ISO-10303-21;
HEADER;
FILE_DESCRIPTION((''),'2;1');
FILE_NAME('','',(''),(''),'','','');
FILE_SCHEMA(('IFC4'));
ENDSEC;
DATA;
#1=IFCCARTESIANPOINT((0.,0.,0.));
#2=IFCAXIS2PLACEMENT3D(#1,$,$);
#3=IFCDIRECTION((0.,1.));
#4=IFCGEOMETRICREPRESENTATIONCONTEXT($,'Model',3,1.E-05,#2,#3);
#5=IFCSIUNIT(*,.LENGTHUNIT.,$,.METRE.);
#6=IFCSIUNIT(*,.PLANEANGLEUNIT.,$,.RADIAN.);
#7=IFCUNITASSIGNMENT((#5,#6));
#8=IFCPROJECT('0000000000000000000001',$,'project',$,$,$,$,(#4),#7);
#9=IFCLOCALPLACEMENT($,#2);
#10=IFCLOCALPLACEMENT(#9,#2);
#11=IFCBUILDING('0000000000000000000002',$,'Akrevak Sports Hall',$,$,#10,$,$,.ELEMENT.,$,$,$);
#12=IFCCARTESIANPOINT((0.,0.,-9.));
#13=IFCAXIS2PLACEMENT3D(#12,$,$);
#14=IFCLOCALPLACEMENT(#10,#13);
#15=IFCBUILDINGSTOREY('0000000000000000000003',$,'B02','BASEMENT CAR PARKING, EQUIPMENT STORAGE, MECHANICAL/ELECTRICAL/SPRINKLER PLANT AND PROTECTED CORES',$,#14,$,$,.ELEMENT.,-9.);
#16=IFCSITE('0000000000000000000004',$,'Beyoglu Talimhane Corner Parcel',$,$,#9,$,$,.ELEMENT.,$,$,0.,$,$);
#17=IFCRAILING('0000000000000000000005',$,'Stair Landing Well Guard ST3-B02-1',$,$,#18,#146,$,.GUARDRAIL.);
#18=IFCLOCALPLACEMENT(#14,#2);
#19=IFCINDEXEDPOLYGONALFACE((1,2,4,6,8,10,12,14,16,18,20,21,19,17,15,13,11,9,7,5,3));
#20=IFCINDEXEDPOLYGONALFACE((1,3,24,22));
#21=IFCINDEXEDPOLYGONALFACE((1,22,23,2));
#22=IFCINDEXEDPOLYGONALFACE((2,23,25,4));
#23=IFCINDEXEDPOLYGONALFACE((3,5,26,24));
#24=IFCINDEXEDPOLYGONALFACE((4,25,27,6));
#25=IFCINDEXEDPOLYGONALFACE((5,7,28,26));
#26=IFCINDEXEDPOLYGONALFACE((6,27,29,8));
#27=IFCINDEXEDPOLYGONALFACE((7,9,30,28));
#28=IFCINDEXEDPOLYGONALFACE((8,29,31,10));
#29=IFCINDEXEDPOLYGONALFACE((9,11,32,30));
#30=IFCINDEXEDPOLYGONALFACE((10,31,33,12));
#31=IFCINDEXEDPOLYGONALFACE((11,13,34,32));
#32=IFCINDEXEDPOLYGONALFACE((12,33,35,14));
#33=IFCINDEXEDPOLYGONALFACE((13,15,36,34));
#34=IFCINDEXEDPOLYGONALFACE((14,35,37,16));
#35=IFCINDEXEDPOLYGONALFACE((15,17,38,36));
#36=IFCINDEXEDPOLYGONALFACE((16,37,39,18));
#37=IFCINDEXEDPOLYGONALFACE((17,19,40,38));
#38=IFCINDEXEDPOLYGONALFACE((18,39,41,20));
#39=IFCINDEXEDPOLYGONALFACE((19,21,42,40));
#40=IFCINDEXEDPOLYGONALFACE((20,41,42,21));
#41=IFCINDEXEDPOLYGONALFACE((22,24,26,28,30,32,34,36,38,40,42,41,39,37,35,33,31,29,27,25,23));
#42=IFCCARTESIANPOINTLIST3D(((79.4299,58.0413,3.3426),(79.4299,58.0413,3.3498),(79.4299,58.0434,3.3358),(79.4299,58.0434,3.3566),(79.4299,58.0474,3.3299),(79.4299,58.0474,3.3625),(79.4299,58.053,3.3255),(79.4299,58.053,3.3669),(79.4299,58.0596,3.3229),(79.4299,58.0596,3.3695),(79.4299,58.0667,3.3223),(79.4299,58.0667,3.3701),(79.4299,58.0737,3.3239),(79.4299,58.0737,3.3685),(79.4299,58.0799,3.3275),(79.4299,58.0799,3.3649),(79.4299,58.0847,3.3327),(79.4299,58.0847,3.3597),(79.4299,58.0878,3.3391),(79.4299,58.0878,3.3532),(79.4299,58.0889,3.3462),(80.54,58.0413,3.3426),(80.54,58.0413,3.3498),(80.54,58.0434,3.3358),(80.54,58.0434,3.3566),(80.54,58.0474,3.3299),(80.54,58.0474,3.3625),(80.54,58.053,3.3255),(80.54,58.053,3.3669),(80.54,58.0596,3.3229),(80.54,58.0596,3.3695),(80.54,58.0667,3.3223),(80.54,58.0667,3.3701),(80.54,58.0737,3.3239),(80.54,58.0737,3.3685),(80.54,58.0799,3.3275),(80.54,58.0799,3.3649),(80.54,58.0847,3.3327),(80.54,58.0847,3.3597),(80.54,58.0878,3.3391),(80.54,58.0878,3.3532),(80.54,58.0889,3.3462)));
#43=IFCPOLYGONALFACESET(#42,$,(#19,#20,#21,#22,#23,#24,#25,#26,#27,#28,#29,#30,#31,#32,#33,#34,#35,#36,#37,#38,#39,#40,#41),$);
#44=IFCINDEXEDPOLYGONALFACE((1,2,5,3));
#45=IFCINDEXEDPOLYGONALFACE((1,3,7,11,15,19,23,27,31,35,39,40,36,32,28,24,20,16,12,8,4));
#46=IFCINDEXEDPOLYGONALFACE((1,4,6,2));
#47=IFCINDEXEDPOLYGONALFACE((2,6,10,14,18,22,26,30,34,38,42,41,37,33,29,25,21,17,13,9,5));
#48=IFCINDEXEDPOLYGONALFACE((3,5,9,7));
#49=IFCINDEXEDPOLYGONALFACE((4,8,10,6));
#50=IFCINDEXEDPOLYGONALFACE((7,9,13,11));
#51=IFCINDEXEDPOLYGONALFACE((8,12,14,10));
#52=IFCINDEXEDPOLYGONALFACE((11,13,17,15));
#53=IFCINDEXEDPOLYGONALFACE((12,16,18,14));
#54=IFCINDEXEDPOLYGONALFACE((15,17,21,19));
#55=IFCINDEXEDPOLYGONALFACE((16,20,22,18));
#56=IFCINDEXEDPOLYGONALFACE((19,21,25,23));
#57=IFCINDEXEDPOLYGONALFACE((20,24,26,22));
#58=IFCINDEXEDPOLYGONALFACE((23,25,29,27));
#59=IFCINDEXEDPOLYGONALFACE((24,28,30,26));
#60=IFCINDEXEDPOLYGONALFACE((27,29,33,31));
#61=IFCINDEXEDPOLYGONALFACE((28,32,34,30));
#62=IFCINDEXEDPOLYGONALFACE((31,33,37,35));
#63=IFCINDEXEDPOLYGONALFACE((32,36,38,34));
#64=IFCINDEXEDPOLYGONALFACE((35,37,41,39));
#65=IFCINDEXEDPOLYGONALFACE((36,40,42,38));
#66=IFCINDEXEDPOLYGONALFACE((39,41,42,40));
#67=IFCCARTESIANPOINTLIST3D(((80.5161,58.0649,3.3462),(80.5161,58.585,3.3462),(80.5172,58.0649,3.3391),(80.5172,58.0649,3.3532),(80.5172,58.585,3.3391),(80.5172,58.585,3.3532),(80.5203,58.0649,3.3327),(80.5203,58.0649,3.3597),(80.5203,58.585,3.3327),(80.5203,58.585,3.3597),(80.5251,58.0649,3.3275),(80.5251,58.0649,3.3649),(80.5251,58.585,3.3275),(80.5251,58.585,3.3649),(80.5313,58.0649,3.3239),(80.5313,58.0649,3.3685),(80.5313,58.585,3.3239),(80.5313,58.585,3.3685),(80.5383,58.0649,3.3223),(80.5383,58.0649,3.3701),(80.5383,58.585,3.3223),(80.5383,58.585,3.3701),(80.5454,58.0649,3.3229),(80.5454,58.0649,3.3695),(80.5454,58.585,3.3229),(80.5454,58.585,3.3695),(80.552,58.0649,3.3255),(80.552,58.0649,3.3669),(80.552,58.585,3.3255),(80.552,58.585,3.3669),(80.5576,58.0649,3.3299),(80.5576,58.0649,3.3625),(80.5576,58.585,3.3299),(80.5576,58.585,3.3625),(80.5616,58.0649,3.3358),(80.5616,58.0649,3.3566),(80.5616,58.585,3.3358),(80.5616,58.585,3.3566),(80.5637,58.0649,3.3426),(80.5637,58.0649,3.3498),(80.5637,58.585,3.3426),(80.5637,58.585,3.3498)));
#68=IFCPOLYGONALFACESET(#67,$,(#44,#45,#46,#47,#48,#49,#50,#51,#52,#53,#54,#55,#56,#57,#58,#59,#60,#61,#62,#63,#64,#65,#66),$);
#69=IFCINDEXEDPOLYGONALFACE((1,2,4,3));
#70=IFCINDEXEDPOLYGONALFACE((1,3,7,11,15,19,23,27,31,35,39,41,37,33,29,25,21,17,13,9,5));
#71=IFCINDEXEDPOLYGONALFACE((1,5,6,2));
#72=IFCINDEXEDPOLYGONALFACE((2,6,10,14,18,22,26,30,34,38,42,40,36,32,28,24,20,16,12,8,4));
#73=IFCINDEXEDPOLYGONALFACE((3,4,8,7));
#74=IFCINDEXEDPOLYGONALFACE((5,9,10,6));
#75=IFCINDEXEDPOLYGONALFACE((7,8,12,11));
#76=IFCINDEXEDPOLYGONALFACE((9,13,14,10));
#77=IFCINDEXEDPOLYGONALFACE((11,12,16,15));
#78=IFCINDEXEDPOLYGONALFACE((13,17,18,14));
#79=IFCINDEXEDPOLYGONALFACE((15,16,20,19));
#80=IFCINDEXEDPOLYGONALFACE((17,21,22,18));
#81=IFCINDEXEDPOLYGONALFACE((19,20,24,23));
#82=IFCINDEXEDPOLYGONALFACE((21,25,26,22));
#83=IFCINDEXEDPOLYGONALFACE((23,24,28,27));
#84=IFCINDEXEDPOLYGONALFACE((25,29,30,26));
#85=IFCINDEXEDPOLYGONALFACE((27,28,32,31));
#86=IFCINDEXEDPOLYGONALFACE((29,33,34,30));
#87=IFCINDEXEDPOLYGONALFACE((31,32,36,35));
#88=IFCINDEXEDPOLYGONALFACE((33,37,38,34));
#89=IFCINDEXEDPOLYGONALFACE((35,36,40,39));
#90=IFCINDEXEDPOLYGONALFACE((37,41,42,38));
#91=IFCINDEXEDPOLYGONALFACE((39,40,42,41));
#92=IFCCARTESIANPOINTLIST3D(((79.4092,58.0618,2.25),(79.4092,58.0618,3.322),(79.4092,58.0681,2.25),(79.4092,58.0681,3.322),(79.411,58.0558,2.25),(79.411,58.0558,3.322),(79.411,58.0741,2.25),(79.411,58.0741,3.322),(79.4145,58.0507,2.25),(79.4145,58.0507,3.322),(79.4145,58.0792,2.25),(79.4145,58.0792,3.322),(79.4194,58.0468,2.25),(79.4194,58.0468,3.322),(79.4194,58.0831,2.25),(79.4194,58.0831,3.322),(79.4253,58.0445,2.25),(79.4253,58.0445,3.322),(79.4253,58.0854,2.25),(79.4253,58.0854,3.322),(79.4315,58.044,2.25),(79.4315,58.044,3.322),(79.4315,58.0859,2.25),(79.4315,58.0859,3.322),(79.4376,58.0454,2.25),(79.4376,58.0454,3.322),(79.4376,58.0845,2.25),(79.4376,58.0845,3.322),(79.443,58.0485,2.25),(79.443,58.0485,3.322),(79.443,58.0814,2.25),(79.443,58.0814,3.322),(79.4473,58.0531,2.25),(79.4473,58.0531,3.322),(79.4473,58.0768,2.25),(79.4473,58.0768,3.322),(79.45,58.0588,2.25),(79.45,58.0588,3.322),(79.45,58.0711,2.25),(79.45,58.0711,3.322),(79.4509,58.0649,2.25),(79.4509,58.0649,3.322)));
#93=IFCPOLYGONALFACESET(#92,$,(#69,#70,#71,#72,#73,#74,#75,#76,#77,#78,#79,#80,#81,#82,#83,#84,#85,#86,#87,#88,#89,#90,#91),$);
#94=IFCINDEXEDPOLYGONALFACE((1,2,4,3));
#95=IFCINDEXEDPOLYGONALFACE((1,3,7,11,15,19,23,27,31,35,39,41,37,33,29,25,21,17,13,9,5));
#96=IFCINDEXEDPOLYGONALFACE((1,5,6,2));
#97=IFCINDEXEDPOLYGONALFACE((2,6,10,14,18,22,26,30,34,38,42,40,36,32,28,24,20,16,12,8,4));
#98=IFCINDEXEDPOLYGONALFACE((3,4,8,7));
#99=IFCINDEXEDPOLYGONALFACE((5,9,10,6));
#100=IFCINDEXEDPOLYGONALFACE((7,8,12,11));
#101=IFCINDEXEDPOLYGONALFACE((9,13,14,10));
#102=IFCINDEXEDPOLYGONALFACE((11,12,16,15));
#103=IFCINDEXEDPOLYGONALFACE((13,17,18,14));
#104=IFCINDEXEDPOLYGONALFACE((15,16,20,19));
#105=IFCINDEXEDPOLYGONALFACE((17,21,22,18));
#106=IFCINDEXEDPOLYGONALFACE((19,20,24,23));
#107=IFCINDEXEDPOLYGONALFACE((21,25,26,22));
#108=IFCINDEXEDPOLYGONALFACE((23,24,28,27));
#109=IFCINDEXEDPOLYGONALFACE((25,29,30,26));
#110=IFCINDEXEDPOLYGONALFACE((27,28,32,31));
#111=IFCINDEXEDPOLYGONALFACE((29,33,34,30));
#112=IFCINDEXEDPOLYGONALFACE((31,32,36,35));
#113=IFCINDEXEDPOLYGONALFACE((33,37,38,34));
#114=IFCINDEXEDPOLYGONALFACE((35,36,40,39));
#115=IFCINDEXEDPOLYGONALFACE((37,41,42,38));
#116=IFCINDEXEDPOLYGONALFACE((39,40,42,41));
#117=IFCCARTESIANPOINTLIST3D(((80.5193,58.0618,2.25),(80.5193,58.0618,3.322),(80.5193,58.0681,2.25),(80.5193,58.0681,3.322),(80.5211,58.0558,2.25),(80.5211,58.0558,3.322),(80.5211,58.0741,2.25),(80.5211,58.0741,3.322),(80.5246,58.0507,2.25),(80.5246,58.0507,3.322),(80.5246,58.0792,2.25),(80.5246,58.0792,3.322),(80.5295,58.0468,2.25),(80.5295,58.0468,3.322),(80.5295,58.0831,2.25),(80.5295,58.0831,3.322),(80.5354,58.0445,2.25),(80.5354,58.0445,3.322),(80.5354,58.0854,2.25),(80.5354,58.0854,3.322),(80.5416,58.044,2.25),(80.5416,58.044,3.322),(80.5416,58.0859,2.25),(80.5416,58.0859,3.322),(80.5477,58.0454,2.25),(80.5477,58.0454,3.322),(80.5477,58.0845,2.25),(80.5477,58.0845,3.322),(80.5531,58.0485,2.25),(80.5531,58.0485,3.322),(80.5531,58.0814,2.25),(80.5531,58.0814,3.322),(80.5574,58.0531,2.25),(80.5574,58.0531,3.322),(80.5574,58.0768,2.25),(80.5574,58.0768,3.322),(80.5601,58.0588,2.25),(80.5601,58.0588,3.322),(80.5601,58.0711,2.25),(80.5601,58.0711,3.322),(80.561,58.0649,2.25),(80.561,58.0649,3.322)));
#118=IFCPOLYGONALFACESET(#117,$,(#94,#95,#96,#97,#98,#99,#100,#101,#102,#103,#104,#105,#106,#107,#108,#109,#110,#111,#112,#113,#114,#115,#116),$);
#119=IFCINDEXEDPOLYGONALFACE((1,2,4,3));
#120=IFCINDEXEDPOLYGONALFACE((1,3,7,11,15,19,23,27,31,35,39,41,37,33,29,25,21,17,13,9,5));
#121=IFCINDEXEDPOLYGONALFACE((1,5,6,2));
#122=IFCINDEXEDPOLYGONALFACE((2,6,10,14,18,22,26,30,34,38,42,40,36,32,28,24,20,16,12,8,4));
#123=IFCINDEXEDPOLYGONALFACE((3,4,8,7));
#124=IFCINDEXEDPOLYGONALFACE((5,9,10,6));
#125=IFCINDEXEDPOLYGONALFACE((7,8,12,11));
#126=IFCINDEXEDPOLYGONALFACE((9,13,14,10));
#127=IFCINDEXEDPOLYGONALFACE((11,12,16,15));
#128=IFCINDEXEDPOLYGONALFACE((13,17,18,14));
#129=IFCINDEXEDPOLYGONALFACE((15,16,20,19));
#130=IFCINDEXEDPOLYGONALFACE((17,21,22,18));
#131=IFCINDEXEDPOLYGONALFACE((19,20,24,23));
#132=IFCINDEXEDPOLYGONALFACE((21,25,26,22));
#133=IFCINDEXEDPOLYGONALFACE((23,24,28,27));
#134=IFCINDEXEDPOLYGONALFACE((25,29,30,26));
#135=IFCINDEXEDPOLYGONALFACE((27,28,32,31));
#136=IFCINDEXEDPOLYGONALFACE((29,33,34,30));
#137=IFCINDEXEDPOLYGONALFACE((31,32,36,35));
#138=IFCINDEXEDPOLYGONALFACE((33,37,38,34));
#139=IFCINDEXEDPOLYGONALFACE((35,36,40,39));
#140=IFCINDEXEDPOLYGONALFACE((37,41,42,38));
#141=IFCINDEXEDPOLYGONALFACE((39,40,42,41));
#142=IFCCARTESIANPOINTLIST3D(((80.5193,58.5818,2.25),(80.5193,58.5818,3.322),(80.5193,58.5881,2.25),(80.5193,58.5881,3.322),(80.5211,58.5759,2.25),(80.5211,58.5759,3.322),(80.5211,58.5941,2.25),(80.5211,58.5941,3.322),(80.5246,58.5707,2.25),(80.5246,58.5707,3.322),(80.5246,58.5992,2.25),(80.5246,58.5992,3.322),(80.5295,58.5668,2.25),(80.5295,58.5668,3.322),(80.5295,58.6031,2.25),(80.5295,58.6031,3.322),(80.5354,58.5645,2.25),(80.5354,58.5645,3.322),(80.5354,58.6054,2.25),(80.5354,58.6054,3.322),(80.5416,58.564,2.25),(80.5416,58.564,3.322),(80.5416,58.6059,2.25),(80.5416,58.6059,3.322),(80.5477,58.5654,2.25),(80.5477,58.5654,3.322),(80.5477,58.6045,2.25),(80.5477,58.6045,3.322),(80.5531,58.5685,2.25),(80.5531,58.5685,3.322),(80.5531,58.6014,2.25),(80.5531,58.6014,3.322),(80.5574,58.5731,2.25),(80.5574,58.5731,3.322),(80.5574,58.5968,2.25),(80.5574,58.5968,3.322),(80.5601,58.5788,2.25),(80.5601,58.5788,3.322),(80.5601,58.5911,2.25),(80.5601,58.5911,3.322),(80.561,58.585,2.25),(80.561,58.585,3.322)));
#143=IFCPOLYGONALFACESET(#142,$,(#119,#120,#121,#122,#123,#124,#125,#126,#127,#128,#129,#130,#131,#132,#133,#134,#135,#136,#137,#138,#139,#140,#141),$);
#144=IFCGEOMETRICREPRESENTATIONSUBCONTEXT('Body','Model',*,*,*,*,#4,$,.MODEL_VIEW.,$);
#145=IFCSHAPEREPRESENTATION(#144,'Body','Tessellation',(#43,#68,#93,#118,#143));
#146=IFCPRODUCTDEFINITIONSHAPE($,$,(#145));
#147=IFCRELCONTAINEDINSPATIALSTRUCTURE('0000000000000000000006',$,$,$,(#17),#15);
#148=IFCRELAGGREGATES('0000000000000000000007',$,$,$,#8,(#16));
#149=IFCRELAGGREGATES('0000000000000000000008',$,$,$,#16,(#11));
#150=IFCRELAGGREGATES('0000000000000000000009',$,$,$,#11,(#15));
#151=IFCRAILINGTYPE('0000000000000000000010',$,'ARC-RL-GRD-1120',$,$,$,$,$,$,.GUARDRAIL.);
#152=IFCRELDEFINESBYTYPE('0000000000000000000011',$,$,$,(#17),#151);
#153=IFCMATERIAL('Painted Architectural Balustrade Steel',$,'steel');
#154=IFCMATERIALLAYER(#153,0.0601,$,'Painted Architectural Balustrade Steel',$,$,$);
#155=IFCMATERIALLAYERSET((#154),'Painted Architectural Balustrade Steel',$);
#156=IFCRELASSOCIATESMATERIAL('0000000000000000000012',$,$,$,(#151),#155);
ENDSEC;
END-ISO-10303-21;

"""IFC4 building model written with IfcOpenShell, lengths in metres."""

from ifc_helpers import new_model, si_unit, direction, frame, origin, origin_2d, place, context, subcontext, project, spatial, circle, extrude, material, layer, layer_set, type_object, element, save


model = new_model("IFC4")

# Units and contexts
model_context = context("Model", 3, precision=1e-05, world=origin(), true_north=direction((0.0, 1.0)))
body_context = subcontext(model_context, "Body", "Model", "MODEL_VIEW")
ifc_project = project(units=[si_unit("LENGTHUNIT", "METRE"), si_unit("PLANEANGLEUNIT", "RADIAN")], contexts=[model_context])

# Site, building, storey
site_placement = place(None, origin())
site = spatial("IfcSite", under=ifc_project, at=site_placement, Name="Beyoglu Talimhane Corner Parcel", CompositionType="ELEMENT", RefElevation=0.0)
building_placement = place(site_placement, origin())
building = spatial("IfcBuilding", under=site, at=building_placement, Name="Akrevak Sports Hall", CompositionType="ELEMENT")
storey_placement = place(building_placement, frame((0.0, 0.0, -9.0)))
storey = spatial("IfcBuildingStorey", under=building, at=storey_placement, Name="B02", Description="BASEMENT CAR PARKING, EQUIPMENT STORAGE, MECHANICAL/ELECTRICAL/SPRINKLER PLANT AND PROTECTED CORES", CompositionType="ELEMENT", Elevation=-9.0)

# Railing
ifc_material_1 = material(Name="Painted Architectural Balustrade Steel", Category="steel")
ifc_layer_1 = layer(ifc_material_1, 0.0601, Name="Painted Architectural Balustrade Steel")
ifc_layer_set_1 = layer_set([ifc_layer_1], Name="Painted Architectural Balustrade Steel")
railing_type_1 = type_object("IfcRailingType", Name="ARC-RL-GRD-1120", PredefinedType="GUARDRAIL", material=ifc_layer_set_1)
railing_1_placement = place(storey_placement, frame((79.4299, 58.0649, 2.25)))
element("IfcRailing", 1, at=railing_1_placement, inside=storey, type_object=railing_type_1, Name="Stair Landing Well Guard ST3-B02-1", PredefinedType="GUARDRAIL", context=body_context, shape_type="SweptSolid", body=[
    extrude(circle(Radius=0.0239, at=origin_2d()), frame((0.0, 0.0, 1.0962), z_axis=(1.0, 0.0, 0.0), x_axis=(0.0, 1.0, 0.0)), (0.0, 0.0, 1.0), 1.1101),
    extrude(circle(Radius=0.0239, at=origin_2d()), frame((1.1101, 0.0, 1.0962), z_axis=(0.0, 1.0, 0.0), x_axis=(-1.0, 0.0, 0.0)), (0.0, 0.0, 1.0), 0.52),
    extrude(circle(Radius=0.021, at=origin_2d()), origin(), (0.0, 0.0, 1.0), 1.072),
    extrude(circle(Radius=0.021, at=origin_2d()), frame((1.1101, 0.0, 0.0)), (0.0, 0.0, 1.0), 1.072),
    extrude(circle(Radius=0.021, at=origin_2d()), frame((1.1101, 0.52, 0.0)), (0.0, 0.0, 1.0), 1.072),
])

save(model, "model.ifc")
